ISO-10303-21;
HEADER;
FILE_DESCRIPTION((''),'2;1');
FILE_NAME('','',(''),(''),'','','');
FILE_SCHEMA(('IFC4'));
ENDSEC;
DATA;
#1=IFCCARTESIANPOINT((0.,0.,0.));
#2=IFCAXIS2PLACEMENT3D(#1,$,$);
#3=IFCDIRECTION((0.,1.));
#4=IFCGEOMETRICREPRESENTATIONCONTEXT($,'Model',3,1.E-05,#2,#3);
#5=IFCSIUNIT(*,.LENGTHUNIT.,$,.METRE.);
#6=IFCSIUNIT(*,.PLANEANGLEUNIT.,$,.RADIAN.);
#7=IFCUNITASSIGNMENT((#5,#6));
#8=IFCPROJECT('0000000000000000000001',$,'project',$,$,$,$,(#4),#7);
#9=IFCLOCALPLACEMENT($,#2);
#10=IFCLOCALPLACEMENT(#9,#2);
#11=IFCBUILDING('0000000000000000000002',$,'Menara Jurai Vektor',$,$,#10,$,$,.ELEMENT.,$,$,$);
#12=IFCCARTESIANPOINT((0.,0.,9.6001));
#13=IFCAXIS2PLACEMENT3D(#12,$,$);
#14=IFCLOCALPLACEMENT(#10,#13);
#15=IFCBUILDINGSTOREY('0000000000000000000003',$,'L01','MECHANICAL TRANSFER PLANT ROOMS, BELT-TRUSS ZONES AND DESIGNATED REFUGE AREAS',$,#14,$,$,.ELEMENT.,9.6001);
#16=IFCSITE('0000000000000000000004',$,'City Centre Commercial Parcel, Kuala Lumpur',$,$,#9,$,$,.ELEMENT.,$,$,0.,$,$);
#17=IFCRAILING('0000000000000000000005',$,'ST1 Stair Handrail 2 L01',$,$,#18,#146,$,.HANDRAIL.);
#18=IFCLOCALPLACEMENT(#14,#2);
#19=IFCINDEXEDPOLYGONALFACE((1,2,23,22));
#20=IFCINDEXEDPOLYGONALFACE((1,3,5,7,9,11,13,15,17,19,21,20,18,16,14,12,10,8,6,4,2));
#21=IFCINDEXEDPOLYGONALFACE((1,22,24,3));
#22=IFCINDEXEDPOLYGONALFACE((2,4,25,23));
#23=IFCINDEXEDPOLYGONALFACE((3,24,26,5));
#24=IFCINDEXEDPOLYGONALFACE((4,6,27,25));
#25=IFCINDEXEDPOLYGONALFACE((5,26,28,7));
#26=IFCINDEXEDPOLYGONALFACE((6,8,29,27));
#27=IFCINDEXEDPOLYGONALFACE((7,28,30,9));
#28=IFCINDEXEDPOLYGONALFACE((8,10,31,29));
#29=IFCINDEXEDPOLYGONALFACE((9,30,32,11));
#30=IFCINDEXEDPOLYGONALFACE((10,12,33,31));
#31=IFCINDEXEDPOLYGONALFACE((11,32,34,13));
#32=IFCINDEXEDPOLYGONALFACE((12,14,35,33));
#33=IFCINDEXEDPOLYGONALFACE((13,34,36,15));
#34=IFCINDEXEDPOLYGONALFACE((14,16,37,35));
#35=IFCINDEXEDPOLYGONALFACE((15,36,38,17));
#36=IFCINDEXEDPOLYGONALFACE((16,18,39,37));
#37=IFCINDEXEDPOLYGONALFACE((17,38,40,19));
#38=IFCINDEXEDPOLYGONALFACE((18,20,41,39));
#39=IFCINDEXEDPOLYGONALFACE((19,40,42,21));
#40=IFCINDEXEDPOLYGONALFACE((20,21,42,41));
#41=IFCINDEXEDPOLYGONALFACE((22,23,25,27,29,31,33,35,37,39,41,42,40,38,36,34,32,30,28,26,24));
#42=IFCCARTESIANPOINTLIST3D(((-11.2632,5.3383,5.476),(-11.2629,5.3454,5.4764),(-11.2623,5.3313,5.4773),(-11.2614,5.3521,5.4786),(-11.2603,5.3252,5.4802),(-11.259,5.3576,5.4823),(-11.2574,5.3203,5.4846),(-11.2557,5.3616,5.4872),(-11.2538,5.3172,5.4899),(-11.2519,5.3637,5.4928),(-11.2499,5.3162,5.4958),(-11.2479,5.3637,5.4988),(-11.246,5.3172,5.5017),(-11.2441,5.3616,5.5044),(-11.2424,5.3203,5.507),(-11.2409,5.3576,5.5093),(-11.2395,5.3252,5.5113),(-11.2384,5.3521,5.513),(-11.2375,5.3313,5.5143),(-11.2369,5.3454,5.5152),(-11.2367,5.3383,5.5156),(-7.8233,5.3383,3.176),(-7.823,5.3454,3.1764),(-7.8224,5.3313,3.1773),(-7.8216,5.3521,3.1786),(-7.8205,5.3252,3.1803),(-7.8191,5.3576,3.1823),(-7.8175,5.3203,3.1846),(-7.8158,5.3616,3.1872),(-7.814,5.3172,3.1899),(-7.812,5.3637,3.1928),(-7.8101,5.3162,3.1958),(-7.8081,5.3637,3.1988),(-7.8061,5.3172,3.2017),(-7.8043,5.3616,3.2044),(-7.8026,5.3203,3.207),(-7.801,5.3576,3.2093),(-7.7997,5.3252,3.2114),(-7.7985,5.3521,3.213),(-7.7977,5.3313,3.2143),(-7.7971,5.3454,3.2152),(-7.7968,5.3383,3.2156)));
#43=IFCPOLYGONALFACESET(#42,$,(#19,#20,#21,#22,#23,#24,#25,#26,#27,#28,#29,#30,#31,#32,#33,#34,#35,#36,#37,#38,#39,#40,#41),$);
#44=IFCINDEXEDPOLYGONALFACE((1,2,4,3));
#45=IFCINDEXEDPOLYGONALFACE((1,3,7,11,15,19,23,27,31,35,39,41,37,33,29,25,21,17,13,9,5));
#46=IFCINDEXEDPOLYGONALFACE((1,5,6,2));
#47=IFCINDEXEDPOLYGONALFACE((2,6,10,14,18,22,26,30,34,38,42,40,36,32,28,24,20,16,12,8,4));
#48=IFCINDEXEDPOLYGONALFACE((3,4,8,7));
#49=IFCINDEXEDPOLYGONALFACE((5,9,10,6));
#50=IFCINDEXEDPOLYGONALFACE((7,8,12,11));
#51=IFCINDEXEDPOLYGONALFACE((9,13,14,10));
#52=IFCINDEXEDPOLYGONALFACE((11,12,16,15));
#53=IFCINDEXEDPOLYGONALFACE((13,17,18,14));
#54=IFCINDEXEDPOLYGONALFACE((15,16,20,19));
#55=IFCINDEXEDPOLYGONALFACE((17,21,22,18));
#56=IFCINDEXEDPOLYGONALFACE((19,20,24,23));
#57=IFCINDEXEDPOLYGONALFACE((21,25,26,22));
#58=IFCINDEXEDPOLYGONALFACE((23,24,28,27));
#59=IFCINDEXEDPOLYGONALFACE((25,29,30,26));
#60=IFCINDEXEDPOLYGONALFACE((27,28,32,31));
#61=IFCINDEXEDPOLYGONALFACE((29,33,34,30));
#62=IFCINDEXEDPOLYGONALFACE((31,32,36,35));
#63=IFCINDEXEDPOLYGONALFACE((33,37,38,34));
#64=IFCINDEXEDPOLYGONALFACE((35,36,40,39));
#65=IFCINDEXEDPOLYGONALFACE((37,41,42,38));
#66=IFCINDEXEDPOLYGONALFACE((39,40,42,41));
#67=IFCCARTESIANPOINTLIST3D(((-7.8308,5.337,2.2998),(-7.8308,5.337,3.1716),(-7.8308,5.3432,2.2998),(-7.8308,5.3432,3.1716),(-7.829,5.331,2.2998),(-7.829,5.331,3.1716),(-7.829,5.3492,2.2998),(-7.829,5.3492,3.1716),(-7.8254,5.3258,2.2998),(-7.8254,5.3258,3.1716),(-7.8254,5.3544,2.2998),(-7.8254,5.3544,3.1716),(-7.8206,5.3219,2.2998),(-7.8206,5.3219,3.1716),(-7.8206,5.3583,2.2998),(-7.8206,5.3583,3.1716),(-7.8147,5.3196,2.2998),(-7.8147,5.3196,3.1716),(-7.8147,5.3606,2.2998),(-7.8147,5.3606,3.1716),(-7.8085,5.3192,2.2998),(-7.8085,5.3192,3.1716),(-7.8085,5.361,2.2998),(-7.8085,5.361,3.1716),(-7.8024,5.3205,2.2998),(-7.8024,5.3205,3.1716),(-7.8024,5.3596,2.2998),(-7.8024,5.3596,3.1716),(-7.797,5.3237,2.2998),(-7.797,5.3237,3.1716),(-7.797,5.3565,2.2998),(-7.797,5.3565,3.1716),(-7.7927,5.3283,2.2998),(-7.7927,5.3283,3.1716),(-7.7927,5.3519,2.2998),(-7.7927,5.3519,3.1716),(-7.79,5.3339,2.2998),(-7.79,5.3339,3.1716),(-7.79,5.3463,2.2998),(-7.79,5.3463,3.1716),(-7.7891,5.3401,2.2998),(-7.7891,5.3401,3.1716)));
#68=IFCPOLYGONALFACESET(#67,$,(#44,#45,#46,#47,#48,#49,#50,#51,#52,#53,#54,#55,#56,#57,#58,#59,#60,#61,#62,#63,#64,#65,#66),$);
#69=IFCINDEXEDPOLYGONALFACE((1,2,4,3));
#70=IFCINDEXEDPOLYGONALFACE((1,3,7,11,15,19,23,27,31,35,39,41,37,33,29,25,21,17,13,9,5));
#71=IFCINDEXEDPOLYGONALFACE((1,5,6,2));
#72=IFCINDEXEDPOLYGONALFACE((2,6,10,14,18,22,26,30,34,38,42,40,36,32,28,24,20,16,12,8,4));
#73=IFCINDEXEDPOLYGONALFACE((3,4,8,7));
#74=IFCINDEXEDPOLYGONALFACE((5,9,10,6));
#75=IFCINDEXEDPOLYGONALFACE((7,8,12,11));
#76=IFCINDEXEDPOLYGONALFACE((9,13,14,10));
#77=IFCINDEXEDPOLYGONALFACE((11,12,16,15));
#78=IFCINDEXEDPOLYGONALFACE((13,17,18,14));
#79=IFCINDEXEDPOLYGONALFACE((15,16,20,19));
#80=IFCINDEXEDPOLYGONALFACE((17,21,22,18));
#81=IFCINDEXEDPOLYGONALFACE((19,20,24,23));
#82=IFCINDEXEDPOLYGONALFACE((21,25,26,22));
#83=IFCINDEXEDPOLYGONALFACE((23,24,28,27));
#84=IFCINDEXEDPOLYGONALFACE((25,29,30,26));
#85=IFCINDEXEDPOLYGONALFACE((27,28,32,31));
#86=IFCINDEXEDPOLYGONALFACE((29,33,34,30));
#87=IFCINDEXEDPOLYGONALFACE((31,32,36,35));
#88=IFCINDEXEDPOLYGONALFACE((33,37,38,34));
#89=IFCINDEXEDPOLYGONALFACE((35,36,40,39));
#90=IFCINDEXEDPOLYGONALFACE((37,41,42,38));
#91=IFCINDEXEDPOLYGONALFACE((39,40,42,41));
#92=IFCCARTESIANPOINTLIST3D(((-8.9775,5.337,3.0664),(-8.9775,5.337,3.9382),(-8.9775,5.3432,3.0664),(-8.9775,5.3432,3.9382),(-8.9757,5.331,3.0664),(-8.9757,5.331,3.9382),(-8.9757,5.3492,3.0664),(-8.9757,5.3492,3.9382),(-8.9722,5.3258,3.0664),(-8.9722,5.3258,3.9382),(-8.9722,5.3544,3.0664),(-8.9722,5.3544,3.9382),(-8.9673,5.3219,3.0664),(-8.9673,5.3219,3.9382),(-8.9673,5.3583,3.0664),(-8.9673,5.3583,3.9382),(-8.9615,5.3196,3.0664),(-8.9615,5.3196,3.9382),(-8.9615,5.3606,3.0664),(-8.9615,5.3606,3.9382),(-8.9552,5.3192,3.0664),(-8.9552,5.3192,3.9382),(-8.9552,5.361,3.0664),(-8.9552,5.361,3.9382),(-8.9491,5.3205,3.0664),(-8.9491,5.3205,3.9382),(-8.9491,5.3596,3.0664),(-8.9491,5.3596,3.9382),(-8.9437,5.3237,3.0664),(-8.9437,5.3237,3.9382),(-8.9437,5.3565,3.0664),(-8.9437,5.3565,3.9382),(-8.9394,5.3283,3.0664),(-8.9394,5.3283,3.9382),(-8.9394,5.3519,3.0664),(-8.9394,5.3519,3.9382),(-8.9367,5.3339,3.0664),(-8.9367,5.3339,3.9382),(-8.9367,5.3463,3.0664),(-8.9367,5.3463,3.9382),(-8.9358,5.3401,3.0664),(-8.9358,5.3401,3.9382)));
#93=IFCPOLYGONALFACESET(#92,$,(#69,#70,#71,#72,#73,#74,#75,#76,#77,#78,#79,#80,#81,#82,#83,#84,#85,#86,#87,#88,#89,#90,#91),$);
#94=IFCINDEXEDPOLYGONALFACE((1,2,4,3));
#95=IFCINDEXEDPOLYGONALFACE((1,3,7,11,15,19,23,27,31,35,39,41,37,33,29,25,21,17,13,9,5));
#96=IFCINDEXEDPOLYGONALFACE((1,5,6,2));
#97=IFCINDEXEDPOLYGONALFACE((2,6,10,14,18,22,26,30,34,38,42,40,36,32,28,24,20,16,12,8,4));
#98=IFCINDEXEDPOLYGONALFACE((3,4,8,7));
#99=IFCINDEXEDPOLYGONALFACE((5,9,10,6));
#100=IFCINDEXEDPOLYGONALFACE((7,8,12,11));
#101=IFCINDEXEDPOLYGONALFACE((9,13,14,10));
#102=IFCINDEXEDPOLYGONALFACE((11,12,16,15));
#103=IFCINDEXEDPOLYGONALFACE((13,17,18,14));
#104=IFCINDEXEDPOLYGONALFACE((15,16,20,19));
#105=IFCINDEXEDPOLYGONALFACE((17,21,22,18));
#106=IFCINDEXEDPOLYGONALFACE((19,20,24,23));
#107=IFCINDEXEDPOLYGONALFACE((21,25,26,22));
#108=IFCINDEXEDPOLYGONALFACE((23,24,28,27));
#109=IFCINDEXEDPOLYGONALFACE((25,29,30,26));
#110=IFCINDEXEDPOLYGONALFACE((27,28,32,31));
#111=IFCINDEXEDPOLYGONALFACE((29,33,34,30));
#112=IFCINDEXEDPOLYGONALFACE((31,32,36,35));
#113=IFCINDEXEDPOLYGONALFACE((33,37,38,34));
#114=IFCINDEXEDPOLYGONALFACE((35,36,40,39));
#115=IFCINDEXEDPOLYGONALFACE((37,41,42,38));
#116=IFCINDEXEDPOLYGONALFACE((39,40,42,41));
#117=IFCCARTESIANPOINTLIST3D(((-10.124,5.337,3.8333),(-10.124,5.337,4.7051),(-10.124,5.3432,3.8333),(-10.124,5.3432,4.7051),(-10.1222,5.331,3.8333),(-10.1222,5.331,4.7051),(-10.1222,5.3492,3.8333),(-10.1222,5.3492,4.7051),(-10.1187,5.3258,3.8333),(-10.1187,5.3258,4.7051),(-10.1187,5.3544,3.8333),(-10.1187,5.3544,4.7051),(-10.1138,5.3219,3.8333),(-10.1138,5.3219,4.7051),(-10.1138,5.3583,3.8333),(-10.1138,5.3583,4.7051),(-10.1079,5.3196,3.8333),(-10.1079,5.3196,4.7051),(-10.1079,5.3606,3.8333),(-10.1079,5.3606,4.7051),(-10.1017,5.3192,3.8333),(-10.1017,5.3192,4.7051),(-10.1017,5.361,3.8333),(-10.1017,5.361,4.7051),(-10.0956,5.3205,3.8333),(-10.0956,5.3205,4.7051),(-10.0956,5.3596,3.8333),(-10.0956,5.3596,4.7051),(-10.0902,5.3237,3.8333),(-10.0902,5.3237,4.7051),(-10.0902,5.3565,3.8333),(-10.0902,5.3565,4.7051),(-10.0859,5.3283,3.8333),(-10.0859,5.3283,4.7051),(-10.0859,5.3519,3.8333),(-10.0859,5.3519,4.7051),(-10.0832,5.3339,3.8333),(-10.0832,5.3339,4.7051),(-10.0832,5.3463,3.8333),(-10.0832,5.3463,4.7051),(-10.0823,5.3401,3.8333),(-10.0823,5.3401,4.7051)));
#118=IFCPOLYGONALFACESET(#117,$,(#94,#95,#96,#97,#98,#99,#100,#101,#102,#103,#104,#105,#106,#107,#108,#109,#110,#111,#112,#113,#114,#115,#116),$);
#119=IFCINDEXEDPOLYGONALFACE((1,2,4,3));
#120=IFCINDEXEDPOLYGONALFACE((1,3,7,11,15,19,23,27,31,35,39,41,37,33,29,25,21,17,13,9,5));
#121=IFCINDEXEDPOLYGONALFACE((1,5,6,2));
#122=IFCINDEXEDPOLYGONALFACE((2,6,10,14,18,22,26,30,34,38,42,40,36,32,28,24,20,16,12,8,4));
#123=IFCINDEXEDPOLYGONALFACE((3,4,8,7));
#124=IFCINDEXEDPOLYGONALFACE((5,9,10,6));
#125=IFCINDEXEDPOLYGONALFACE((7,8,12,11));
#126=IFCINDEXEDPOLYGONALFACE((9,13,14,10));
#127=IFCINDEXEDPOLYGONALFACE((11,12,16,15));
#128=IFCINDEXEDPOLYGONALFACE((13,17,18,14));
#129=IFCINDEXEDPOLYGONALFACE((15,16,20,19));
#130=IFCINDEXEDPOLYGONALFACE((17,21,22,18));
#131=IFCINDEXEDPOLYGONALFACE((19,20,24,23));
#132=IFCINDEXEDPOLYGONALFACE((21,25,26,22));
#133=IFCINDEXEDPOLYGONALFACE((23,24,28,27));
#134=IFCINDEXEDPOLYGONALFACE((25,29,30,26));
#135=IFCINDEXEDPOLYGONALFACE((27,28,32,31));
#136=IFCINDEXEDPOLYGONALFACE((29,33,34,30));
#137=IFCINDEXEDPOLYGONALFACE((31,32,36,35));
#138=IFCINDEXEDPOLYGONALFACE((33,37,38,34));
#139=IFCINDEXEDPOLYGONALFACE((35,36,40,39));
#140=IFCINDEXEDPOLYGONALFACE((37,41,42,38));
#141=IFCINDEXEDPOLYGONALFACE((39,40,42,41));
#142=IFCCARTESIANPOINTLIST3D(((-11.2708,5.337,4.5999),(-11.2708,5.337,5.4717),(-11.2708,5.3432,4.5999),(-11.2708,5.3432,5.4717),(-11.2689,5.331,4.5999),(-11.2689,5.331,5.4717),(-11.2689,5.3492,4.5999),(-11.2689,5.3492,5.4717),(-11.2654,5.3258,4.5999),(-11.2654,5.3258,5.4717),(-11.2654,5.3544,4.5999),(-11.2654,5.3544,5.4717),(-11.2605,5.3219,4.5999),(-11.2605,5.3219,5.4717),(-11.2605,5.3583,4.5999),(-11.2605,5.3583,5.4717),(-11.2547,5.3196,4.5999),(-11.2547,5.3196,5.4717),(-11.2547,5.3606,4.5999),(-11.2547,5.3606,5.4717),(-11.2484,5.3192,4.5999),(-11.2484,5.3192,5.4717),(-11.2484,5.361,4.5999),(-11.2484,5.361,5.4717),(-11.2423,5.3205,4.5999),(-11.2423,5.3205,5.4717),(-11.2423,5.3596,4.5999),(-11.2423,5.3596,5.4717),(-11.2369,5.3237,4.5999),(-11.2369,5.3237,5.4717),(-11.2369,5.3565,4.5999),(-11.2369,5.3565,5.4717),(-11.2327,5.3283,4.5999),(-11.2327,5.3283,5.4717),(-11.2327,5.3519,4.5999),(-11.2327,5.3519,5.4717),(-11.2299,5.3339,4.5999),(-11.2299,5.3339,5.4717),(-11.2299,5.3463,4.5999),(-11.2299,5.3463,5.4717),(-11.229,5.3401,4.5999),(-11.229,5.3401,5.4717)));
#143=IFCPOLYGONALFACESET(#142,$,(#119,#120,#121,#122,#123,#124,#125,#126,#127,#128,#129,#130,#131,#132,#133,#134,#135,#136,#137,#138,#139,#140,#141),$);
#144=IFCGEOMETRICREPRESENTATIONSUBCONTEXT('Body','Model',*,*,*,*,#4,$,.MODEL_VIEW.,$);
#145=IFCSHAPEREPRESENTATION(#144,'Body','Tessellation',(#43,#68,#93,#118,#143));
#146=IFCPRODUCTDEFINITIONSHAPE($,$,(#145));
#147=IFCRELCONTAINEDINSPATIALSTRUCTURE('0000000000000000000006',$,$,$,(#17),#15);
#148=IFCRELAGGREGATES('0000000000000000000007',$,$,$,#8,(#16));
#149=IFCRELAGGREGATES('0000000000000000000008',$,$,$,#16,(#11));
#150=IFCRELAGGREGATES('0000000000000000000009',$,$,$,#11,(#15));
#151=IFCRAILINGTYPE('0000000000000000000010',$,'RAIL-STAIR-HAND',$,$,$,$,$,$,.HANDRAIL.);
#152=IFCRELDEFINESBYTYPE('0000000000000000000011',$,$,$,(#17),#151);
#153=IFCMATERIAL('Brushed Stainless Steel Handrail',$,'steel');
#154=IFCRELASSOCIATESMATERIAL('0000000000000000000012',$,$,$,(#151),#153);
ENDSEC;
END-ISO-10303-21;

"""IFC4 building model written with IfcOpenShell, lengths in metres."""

from ifc_helpers import new_model, si_unit, direction, frame, origin, origin_2d, place, context, subcontext, project, spatial, circle, extrude, material, type_object, element, save


model = new_model("IFC4")

# Units and contexts
model_context = context("Model", 3, precision=1e-05, world=origin(), true_north=direction((0.0, 1.0)))
body_context = subcontext(model_context, "Body", "Model", "MODEL_VIEW")
ifc_project = project(units=[si_unit("LENGTHUNIT", "METRE"), si_unit("PLANEANGLEUNIT", "RADIAN")], contexts=[model_context])

# Site, building, storey
site_placement = place(None, origin())
site = spatial("IfcSite", under=ifc_project, at=site_placement, Name="City Centre Commercial Parcel, Kuala Lumpur", CompositionType="ELEMENT", RefElevation=0.0)
building_placement = place(site_placement, origin())
building = spatial("IfcBuilding", under=site, at=building_placement, Name="Menara Jurai Vektor", CompositionType="ELEMENT")
storey_placement = place(building_placement, frame((0.0, 0.0, 9.6001)))
storey = spatial("IfcBuildingStorey", under=building, at=storey_placement, Name="L01", Description="MECHANICAL TRANSFER PLANT ROOMS, BELT-TRUSS ZONES AND DESIGNATED REFUGE AREAS", CompositionType="ELEMENT", Elevation=9.6001)

# Railing
ifc_material_1 = material(Name="Brushed Stainless Steel Handrail", Category="steel")
railing_type_1 = type_object("IfcRailingType", Name="RAIL-STAIR-HAND", PredefinedType="HANDRAIL", material=ifc_material_1)
railing_1_placement = place(storey_placement, frame((-7.8101, 5.3401, 2.2998)))
element("IfcRailing", 1, at=railing_1_placement, inside=storey, type_object=railing_type_1, Name="ST1 Stair Handrail 2 L01", PredefinedType="HANDRAIL", context=body_context, shape_type="SweptSolid", body=[
    extrude(circle(Radius=0.0239, at=origin_2d()), frame((0.0, 0.0, 0.896), z_axis=(-0.831296, 0.0, 0.55583), x_axis=(0.0, -1.0, 0.0)), (0.0, 0.0, 1.0), 4.1379),
    extrude(circle(Radius=0.021, at=origin_2d()), origin(), (0.0, 0.0, 1.0), 0.8718),
    extrude(circle(Radius=0.021, at=origin_2d()), frame((-1.1467, 0.0, 0.7666)), (0.0, 0.0, 1.0), 0.8718),
    extrude(circle(Radius=0.021, at=origin_2d()), frame((-2.2932, 0.0, 1.5334)), (0.0, 0.0, 1.0), 0.8718),
    extrude(circle(Radius=0.021, at=origin_2d()), frame((-3.4399, 0.0, 2.3)), (0.0, 0.0, 1.0), 0.8718),
])

save(model, "model.ifc")
